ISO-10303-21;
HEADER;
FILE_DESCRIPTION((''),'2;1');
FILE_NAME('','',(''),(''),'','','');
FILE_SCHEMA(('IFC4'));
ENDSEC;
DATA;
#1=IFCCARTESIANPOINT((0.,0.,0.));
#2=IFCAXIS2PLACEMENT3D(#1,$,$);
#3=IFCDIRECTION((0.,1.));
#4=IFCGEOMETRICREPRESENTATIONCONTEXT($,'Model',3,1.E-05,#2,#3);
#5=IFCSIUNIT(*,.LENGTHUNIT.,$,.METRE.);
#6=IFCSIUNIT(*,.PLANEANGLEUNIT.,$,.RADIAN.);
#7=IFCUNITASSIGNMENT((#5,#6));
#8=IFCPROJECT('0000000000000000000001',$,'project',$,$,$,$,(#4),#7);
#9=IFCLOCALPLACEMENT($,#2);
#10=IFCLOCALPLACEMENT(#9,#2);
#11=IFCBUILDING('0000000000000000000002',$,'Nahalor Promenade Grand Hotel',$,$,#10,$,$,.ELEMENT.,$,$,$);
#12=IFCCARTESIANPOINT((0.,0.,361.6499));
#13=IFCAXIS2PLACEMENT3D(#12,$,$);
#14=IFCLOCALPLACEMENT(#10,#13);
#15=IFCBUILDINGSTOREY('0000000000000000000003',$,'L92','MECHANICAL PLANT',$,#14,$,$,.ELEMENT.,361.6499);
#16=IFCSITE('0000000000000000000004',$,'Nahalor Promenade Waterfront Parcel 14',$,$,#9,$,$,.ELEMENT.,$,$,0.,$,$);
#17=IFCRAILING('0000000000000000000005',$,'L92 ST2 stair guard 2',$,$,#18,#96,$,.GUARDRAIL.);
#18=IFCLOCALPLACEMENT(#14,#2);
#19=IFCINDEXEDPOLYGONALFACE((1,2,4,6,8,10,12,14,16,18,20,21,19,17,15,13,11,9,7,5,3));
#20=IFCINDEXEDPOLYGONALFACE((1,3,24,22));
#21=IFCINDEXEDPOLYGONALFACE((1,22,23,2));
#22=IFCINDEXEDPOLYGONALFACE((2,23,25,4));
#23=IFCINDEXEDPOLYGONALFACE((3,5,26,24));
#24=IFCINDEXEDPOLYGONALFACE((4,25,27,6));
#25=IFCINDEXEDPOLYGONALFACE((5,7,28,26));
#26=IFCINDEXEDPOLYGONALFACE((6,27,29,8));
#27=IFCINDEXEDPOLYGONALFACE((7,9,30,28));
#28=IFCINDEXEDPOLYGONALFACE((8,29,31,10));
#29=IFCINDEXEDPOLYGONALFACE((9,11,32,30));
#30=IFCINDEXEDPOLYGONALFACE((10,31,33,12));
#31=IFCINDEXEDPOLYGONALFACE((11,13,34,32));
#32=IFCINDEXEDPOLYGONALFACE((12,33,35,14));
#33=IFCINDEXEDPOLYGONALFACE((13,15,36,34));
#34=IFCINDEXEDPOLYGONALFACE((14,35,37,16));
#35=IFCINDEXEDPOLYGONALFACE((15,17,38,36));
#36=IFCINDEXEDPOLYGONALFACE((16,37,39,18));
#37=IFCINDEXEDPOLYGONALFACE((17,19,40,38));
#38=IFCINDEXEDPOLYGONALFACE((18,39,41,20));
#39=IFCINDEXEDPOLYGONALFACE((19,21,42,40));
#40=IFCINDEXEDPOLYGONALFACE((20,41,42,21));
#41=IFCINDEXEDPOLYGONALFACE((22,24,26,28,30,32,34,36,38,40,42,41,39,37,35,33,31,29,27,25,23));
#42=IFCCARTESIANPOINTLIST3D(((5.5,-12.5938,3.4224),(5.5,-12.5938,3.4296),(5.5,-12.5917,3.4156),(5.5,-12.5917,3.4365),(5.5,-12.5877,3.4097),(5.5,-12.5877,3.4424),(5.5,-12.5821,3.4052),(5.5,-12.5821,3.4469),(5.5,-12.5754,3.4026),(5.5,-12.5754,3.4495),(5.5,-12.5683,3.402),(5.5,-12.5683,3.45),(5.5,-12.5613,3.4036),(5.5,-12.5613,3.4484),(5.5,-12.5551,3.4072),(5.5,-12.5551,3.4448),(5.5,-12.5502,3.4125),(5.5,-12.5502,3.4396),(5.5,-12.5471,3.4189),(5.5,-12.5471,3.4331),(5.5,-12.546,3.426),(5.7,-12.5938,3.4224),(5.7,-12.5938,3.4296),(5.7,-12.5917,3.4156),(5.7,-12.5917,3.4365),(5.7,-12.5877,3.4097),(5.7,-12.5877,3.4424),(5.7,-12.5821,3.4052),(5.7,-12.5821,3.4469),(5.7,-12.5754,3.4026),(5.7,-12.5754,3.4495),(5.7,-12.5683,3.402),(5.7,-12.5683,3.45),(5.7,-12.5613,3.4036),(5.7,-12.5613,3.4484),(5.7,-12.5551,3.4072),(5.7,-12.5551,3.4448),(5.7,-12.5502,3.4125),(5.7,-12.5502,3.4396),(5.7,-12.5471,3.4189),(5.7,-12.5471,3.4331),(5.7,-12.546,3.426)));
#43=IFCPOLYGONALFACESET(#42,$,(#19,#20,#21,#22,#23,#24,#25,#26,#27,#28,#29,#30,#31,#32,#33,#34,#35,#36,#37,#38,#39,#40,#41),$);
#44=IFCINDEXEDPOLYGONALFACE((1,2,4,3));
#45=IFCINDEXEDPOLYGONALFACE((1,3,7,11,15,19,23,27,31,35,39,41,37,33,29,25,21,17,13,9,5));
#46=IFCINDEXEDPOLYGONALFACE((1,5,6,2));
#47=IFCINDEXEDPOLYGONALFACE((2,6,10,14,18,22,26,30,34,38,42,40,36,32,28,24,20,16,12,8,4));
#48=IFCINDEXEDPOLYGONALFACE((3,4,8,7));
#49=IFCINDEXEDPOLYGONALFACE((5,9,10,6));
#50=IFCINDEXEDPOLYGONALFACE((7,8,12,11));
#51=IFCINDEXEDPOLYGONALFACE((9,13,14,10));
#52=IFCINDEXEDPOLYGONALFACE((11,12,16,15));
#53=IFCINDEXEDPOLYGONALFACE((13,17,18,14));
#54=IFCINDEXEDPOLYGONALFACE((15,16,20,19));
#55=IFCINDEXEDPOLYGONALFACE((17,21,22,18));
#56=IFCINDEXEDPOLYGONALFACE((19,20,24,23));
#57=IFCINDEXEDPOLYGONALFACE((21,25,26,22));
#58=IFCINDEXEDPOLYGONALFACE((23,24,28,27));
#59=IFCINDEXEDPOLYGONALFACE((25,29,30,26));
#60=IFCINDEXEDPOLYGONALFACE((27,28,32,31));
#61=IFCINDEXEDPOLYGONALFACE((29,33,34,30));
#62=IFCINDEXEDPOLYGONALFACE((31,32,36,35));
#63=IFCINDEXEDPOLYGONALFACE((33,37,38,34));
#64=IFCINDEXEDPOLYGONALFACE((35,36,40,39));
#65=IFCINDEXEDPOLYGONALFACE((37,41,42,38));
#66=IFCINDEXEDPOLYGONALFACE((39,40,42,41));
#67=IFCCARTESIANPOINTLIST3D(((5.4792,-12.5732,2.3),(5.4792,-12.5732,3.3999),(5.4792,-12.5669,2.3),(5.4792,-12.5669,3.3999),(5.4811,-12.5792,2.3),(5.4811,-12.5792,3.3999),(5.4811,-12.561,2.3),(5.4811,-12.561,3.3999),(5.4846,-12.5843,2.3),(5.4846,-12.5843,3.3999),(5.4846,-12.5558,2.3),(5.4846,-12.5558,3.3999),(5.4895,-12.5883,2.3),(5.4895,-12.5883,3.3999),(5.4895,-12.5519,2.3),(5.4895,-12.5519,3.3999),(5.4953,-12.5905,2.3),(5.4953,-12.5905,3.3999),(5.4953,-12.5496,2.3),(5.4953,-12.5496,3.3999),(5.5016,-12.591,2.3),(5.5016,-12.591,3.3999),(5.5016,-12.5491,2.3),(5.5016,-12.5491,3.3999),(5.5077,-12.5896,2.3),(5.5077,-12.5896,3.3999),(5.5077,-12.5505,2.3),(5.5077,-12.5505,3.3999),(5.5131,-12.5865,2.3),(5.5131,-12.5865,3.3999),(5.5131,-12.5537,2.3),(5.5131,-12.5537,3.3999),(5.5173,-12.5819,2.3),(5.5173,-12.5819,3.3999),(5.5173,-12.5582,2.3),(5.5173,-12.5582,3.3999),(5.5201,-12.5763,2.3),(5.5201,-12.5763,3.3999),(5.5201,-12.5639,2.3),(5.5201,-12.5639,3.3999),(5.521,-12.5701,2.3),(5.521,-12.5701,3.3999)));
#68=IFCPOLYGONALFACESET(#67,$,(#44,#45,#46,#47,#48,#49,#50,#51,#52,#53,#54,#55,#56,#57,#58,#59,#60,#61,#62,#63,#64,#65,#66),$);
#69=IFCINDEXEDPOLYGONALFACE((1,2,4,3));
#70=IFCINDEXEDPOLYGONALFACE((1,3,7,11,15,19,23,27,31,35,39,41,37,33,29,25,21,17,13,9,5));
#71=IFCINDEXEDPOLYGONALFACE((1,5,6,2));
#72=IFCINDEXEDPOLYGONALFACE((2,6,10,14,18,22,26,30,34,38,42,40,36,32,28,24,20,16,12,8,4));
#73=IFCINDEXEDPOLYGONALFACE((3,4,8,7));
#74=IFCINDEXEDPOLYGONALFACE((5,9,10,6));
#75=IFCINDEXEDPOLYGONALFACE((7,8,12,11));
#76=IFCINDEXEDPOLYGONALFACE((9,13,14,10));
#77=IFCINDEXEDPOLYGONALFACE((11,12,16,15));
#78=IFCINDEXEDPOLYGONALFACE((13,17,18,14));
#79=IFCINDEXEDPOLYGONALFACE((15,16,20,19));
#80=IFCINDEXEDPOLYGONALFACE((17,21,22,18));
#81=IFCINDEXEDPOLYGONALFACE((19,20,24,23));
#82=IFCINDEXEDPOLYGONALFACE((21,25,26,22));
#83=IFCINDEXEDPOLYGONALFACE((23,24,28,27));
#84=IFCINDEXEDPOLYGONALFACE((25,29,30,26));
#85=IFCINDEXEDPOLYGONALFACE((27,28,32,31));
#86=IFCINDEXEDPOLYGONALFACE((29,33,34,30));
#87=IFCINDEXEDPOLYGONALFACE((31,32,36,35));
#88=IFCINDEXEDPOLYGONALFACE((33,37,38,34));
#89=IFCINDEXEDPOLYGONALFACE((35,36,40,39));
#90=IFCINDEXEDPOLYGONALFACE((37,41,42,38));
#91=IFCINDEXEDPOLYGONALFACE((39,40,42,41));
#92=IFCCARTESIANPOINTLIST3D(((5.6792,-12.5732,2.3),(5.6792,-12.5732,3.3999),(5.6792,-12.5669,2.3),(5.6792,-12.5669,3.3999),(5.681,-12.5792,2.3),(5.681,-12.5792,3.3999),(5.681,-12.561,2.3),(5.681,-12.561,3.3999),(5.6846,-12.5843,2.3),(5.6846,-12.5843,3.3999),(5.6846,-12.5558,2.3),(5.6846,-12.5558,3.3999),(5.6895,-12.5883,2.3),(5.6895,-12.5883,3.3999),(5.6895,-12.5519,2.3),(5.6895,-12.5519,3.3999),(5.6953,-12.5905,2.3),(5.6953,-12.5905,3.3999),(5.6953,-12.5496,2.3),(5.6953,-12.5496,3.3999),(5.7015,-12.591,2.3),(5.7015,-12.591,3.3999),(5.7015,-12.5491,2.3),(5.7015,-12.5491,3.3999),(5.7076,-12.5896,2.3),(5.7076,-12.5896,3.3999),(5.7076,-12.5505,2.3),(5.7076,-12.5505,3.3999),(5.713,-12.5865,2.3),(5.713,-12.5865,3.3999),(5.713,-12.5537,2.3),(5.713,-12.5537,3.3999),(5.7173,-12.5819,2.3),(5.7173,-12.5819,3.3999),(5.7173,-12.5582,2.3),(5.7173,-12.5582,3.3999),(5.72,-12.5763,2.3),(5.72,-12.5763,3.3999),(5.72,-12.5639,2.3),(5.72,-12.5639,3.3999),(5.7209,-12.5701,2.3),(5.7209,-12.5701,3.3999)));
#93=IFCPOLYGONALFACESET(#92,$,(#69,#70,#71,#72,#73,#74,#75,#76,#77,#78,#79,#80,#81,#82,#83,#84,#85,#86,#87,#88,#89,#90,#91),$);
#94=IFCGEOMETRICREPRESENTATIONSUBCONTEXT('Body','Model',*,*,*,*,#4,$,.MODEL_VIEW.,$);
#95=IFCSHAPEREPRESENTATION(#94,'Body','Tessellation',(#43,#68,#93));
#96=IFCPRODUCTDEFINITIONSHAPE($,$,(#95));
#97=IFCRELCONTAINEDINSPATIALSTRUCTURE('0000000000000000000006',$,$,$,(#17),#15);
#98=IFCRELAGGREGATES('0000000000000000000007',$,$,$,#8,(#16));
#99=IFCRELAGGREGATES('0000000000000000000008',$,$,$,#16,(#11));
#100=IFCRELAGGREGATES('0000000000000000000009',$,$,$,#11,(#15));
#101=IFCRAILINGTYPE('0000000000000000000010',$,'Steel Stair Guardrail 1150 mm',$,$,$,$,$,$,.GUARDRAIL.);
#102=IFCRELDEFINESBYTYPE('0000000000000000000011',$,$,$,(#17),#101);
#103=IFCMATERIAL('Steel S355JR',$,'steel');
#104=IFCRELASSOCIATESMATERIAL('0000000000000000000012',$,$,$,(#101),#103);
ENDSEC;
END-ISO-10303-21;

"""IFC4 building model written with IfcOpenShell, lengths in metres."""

from ifc_helpers import new_model, si_unit, direction, frame, origin, origin_2d, place, context, subcontext, project, spatial, circle, extrude, material, type_object, element, save


model = new_model("IFC4")

# Units and contexts
model_context = context("Model", 3, precision=1e-05, world=origin(), true_north=direction((0.0, 1.0)))
body_context = subcontext(model_context, "Body", "Model", "MODEL_VIEW")
ifc_project = project(units=[si_unit("LENGTHUNIT", "METRE"), si_unit("PLANEANGLEUNIT", "RADIAN")], contexts=[model_context])

# Site, building, storey
site_placement = place(None, origin())
site = spatial("IfcSite", under=ifc_project, at=site_placement, Name="Nahalor Promenade Waterfront Parcel 14", CompositionType="ELEMENT", RefElevation=0.0)
building_placement = place(site_placement, origin())
building = spatial("IfcBuilding", under=site, at=building_placement, Name="Nahalor Promenade Grand Hotel", CompositionType="ELEMENT")
storey_placement = place(building_placement, frame((0.0, 0.0, 361.6499)))
storey = spatial("IfcBuildingStorey", under=building, at=storey_placement, Name="L92", Description="MECHANICAL PLANT", CompositionType="ELEMENT", Elevation=361.6499)

# Shared definitions
ifc_material_1 = material(Name="Steel S355JR", Category="steel")

# Railing
railing_type_1 = type_object("IfcRailingType", Name="Steel Stair Guardrail 1150 mm", PredefinedType="GUARDRAIL", material=ifc_material_1)
railing_1_placement = place(storey_placement, frame((5.5, -12.5701, 2.3)))
element("IfcRailing", 1, at=railing_1_placement, inside=storey, type_object=railing_type_1, Name="L92 ST2 stair guard 2", PredefinedType="GUARDRAIL", context=body_context, shape_type="SweptSolid", body=[
    extrude(circle(Radius=0.024, at=origin_2d()), frame((0.0, 0.0, 1.126), z_axis=(1.0, 0.0, 0.0), x_axis=(0.0, 1.0, 0.0)), (0.0, 0.0, 1.0), 0.2),
    extrude(circle(Radius=0.021, at=origin_2d()), origin(), (0.0, 0.0, 1.0), 1.0999),
    extrude(circle(Radius=0.021, at=origin_2d()), frame((0.2, 0.0, 0.0)), (0.0, 0.0, 1.0), 1.0999),
])

save(model, "model.ifc")
